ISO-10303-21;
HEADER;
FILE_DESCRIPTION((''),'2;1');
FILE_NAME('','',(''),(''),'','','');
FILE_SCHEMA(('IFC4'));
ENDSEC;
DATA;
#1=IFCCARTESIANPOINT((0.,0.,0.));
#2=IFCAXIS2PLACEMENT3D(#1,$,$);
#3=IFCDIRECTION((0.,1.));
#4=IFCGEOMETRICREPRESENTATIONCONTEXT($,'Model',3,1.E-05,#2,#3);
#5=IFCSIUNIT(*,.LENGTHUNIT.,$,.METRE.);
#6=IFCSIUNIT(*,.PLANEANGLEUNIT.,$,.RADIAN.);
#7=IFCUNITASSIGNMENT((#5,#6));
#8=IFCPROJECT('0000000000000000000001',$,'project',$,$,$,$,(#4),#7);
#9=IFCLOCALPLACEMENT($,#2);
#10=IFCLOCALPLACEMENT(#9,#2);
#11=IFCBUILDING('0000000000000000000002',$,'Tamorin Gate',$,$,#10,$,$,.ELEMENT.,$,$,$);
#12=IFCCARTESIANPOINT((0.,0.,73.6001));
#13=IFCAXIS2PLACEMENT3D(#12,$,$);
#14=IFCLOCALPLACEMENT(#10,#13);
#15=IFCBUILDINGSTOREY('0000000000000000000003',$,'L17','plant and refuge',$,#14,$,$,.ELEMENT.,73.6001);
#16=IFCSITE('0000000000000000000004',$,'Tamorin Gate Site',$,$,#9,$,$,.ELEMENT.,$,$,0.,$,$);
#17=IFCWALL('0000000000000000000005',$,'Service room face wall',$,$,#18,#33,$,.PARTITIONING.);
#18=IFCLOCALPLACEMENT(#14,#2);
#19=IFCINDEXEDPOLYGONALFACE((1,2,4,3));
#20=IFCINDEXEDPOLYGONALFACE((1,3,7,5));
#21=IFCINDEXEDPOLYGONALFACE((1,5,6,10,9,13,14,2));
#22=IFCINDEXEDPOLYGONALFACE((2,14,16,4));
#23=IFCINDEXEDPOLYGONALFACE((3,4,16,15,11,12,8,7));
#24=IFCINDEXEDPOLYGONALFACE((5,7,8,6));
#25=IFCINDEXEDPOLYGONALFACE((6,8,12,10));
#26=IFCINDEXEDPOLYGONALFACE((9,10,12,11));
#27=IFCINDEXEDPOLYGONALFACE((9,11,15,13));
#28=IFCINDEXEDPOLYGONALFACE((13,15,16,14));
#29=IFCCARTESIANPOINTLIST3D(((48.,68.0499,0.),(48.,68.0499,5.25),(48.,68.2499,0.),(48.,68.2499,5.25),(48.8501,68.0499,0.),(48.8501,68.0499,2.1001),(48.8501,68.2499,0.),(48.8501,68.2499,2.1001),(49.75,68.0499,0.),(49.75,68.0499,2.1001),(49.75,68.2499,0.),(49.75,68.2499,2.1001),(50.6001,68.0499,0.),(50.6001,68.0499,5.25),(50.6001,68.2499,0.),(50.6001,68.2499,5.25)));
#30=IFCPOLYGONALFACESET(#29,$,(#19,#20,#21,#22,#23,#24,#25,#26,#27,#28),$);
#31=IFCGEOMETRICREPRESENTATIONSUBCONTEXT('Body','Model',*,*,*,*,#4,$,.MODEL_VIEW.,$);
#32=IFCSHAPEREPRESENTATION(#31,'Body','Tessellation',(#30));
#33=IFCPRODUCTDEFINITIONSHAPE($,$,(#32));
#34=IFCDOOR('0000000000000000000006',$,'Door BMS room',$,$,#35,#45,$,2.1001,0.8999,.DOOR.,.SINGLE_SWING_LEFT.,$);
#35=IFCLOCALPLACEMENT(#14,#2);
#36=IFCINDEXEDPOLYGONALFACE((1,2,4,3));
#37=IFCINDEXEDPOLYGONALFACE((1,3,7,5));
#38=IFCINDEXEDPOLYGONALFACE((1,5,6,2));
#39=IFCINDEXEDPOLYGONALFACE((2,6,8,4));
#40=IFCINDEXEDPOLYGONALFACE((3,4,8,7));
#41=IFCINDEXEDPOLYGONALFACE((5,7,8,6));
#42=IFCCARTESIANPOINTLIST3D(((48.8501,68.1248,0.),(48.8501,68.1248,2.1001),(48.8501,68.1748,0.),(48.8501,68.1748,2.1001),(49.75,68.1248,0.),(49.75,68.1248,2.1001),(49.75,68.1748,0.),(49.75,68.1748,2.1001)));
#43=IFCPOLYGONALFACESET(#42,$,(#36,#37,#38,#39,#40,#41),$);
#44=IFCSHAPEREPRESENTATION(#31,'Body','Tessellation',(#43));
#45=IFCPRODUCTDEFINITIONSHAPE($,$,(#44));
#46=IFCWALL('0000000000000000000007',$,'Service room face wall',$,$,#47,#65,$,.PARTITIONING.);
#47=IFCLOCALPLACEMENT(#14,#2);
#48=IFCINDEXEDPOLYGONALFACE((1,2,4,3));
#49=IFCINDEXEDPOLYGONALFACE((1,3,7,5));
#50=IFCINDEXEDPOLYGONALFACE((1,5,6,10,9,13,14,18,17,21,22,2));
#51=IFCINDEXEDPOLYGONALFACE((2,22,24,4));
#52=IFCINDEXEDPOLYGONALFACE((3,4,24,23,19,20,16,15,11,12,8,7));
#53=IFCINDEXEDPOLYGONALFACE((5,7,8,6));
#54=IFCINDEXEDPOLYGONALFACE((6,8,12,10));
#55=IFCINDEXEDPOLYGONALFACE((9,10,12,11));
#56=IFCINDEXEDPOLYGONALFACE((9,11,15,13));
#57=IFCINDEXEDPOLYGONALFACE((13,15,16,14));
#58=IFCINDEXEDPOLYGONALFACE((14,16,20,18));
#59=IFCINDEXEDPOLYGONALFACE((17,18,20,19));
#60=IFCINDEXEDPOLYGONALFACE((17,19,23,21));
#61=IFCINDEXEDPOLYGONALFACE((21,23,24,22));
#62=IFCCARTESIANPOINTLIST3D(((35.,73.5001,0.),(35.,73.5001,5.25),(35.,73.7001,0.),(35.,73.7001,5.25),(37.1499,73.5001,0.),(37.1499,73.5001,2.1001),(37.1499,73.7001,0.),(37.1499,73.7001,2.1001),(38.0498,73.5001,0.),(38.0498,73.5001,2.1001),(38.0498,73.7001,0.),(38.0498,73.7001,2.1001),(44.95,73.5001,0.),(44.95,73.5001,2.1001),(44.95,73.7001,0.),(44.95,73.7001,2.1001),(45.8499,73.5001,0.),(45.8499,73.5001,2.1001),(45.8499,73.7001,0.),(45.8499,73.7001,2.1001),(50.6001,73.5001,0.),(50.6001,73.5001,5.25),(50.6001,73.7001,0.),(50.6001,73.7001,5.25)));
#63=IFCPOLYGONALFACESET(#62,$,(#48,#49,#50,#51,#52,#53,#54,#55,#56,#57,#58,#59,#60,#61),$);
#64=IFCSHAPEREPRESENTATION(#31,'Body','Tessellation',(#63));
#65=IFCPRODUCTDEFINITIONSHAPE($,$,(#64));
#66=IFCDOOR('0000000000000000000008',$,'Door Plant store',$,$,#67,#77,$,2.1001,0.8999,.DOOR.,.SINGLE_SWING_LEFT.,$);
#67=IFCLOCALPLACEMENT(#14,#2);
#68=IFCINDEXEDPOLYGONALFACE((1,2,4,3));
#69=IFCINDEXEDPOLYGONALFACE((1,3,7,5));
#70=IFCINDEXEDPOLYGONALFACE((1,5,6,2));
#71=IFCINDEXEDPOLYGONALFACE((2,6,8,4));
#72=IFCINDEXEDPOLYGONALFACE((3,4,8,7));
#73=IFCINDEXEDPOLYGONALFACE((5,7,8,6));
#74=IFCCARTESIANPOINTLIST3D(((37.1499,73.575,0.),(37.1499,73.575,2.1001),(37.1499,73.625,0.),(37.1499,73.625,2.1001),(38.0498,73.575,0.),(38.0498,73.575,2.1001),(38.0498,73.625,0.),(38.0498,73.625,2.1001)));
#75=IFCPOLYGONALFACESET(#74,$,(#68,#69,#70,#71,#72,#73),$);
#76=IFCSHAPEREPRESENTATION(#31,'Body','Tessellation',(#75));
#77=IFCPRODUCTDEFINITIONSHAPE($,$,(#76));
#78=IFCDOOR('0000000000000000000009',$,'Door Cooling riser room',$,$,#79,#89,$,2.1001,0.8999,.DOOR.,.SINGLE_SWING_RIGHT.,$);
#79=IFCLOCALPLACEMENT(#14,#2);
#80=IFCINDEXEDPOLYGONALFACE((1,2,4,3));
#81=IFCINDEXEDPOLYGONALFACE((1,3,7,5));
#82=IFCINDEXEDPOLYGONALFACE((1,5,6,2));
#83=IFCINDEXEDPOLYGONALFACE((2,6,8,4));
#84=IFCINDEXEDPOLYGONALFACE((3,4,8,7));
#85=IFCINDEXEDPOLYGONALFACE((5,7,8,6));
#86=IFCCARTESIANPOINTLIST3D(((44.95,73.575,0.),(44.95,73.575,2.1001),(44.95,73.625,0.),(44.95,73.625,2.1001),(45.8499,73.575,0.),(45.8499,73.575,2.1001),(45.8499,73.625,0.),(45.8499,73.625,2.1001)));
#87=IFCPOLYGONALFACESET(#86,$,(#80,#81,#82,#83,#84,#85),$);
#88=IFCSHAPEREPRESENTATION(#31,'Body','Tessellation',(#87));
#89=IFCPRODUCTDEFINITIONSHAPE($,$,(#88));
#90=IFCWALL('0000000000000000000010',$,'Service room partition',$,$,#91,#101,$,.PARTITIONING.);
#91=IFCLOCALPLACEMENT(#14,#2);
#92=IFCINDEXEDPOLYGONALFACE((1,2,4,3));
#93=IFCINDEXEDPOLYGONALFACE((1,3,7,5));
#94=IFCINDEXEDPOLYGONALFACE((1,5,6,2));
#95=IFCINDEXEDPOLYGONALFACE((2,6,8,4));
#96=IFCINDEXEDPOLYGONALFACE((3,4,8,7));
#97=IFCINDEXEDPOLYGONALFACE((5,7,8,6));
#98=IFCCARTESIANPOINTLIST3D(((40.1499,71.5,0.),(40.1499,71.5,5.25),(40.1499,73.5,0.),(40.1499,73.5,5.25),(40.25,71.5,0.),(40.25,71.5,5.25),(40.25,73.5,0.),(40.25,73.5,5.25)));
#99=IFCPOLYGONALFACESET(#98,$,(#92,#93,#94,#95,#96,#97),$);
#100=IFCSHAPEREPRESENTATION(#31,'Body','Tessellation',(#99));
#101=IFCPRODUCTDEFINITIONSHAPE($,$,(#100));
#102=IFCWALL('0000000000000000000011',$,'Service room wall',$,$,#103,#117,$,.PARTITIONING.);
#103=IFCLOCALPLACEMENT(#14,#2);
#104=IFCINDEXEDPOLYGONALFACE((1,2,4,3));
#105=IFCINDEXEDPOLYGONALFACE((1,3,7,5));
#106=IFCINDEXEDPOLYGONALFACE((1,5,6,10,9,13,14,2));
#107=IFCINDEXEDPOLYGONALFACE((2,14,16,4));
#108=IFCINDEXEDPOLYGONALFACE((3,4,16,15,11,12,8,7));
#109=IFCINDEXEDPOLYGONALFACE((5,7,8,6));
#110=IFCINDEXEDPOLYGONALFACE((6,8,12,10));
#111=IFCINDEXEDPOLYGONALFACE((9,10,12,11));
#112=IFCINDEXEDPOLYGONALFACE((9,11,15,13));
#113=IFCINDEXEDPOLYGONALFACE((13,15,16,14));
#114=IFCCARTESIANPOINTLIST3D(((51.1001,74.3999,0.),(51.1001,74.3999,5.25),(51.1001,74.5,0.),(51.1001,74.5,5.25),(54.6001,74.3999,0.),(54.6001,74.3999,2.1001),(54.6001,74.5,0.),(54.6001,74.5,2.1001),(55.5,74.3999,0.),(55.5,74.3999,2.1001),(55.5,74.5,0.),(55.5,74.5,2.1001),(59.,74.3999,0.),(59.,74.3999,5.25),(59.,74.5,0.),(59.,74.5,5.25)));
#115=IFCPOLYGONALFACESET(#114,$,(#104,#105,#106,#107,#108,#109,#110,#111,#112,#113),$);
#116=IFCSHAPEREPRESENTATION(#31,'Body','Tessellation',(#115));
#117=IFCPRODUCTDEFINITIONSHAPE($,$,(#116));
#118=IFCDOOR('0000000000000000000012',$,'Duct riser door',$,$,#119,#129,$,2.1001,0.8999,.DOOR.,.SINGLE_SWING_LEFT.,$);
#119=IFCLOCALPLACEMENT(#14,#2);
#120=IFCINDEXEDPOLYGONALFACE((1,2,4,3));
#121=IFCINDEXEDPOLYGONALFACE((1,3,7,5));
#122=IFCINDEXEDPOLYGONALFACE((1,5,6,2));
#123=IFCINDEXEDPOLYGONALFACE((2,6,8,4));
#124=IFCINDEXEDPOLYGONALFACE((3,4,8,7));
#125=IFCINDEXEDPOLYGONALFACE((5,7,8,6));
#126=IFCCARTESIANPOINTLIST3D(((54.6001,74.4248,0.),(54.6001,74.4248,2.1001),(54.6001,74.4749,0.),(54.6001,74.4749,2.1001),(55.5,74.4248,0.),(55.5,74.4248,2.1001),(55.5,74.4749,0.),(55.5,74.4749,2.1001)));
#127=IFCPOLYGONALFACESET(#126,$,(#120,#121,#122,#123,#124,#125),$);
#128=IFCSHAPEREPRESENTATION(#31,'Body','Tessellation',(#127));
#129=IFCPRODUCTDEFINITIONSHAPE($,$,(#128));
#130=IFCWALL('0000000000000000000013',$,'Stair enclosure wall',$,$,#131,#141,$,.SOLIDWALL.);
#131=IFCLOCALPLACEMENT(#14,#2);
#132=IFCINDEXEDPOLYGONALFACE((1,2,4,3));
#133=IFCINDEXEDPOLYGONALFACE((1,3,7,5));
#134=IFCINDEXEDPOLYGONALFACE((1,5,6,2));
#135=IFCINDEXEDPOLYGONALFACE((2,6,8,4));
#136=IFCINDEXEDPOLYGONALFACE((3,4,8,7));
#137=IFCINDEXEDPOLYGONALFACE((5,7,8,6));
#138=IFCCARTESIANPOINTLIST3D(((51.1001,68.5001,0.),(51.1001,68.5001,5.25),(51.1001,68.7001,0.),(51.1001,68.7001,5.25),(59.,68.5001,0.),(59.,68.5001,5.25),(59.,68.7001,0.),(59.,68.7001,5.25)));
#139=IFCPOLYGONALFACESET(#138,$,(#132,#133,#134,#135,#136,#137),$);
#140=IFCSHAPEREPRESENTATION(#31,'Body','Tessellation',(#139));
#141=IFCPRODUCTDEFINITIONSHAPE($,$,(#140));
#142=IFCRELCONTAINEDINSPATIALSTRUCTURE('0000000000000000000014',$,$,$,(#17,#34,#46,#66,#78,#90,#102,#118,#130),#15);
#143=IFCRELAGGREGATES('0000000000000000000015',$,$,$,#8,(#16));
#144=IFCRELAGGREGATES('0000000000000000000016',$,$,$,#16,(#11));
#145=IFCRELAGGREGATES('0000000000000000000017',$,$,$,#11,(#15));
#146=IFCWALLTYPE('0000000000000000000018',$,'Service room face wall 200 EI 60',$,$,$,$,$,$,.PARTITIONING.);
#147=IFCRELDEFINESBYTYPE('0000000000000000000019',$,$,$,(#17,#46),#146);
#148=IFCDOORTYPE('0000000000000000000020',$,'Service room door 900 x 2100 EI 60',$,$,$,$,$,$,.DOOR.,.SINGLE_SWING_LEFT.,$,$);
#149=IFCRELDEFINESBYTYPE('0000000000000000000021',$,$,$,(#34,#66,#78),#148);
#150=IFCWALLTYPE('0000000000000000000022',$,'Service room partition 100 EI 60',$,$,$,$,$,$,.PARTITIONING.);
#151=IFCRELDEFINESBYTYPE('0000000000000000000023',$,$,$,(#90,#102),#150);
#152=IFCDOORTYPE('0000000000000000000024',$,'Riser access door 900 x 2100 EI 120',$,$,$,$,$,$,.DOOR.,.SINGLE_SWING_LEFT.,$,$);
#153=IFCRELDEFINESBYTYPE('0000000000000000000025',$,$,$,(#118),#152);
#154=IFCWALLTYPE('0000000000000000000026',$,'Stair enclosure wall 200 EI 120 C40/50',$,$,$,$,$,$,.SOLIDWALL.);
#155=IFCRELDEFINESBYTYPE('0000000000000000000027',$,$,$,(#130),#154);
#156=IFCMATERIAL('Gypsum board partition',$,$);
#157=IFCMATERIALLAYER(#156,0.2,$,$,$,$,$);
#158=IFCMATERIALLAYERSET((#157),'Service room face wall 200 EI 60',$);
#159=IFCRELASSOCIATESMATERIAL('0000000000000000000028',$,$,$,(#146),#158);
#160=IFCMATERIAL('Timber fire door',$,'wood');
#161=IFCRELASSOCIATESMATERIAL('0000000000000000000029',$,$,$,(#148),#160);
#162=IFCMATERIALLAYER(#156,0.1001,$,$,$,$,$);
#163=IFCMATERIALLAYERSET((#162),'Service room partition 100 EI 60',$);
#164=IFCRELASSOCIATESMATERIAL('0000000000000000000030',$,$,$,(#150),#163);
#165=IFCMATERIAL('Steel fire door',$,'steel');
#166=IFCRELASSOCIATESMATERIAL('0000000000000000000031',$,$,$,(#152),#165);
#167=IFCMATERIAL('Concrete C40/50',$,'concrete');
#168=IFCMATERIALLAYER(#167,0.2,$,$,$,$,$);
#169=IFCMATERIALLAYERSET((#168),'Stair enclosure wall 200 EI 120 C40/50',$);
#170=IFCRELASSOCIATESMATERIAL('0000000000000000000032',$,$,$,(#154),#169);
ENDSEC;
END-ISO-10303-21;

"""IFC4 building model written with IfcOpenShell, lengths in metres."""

from ifc_helpers import new_model, si_unit, direction, frame, frame_2d, origin, place, context, subcontext, project, spatial, rectangle, extrude, material, layer, layer_set, type_object, element, fill, save


model = new_model("IFC4")

# Units and contexts
model_context = context("Model", 3, precision=1e-05, world=origin(), true_north=direction((0.0, 1.0)))
body_context = subcontext(model_context, "Body", "Model", "MODEL_VIEW")
ifc_project = project(units=[si_unit("LENGTHUNIT", "METRE"), si_unit("PLANEANGLEUNIT", "RADIAN")], contexts=[model_context])

# Site, building, storey
site_placement = place(None, origin())
site = spatial("IfcSite", under=ifc_project, at=site_placement, Name="Tamorin Gate Site", CompositionType="ELEMENT", RefElevation=0.0)
building_placement = place(site_placement, origin())
building = spatial("IfcBuilding", under=site, at=building_placement, Name="Tamorin Gate", CompositionType="ELEMENT")
storey_placement = place(building_placement, frame((0.0, 0.0, 73.6001)))
storey = spatial("IfcBuildingStorey", under=building, at=storey_placement, Name="L17", Description="plant and refuge", CompositionType="ELEMENT", Elevation=73.6001)

# Shared definitions
ifc_material_1 = material(Name="Steel fire door", Category="steel")

# Wall, opening, door
ifc_material_2 = material(Name="Gypsum board partition")
ifc_layer_1 = layer(ifc_material_2, 0.2)
ifc_layer_set_1 = layer_set([ifc_layer_1], Name="Service room face wall 200 EI 60")
wall_type_1 = type_object("IfcWallType", Name="Service room face wall 200 EI 60", PredefinedType="PARTITIONING", material=ifc_layer_set_1)
ifc_material_3 = material(Name="Timber fire door", Category="wood")
door_type_1 = type_object("IfcDoorType", Name="Service room door 900 x 2100 EI 60", OperationType="SINGLE_SWING_LEFT", PredefinedType="DOOR", material=ifc_material_3)
wall_1_placement = place(storey_placement, frame((48.0, 68.1499, 0.0), z_axis=(0.0, 0.0, 1.0), x_axis=(1.0, 0.0, 0.0)))
wall_1 = element("IfcWall", 1, at=wall_1_placement, inside=storey, type_object=wall_type_1, Name="Service room face wall", PredefinedType="PARTITIONING", context=body_context, shape_type="SweptSolid", body=[
    extrude(rectangle(XDim=2.6001, YDim=0.2, at=frame_2d((1.3, 0.0))), origin(), (0.0, 0.0, 1.0), 5.25),
])
opening_1_placement = place(wall_1_placement, frame((0.8501, 0.0, 0.0)))
opening_1 = element("IfcOpeningElement", 2, at=opening_1_placement, cuts=wall_1, PredefinedType="OPENING", context=body_context, shape_type="SweptSolid", body=[
    extrude(rectangle(XDim=0.8999, YDim=2.1001, at=frame_2d((0.45, 1.05))), frame((0.0, 0.1099, 0.0), z_axis=(0.0, -1.0, 0.0), x_axis=(1.0, 0.0, 0.0)), (0.0, 0.0, 1.0), 0.22),
])
door_1_placement = place(opening_1_placement, origin())
door_1 = element("IfcDoor", 3, at=door_1_placement, inside=storey, type_object=door_type_1, Name="Door BMS room", OperationType="SINGLE_SWING_LEFT", OverallHeight=2.1001, OverallWidth=0.8999, PredefinedType="DOOR", context=body_context, shape_type="SweptSolid", body=[
    extrude(rectangle(XDim=0.8999, YDim=2.1001, at=frame_2d((0.45, 1.05))), frame((0.0, 0.0249, 0.0), z_axis=(0.0, -1.0, 0.0), x_axis=(1.0, 0.0, 0.0)), (0.0, 0.0, 1.0), 0.05),
])
fill(opening_1, door_1)

# Wall, openings, doors
wall_2_placement = place(storey_placement, frame((35.0, 73.6001, 0.0), z_axis=(0.0, 0.0, 1.0), x_axis=(1.0, 0.0, 0.0)))
wall_2 = element("IfcWall", 4, at=wall_2_placement, inside=storey, type_object=wall_type_1, Name="Service room face wall", PredefinedType="PARTITIONING", context=body_context, shape_type="SweptSolid", body=[
    extrude(rectangle(XDim=15.6001, YDim=0.2, at=frame_2d((7.8, 0.0))), origin(), (0.0, 0.0, 1.0), 5.25),
])
opening_2_placement = place(wall_2_placement, frame((2.1499, 0.0, 0.0)))
opening_2 = element("IfcOpeningElement", 5, at=opening_2_placement, cuts=wall_2, PredefinedType="OPENING", context=body_context, shape_type="SweptSolid", body=[
    extrude(rectangle(XDim=0.8999, YDim=2.1001, at=frame_2d((0.45, 1.05))), frame((0.0, 0.1099, 0.0), z_axis=(0.0, -1.0, 0.0), x_axis=(1.0, 0.0, 0.0)), (0.0, 0.0, 1.0), 0.22),
])
opening_3_placement = place(wall_2_placement, frame((9.95, 0.0, 0.0)))
opening_3 = element("IfcOpeningElement", 6, at=opening_3_placement, cuts=wall_2, PredefinedType="OPENING", context=body_context, shape_type="SweptSolid", body=[
    extrude(rectangle(XDim=0.8999, YDim=2.1001, at=frame_2d((0.45, 1.05))), frame((0.0, 0.1099, 0.0), z_axis=(0.0, -1.0, 0.0), x_axis=(1.0, 0.0, 0.0)), (0.0, 0.0, 1.0), 0.22),
])
door_2_placement = place(opening_2_placement, origin())
door_2 = element("IfcDoor", 7, at=door_2_placement, inside=storey, type_object=door_type_1, Name="Door Plant store", OperationType="SINGLE_SWING_LEFT", OverallHeight=2.1001, OverallWidth=0.8999, PredefinedType="DOOR", context=body_context, shape_type="SweptSolid", body=[
    extrude(rectangle(XDim=0.8999, YDim=2.1001, at=frame_2d((0.45, 1.05))), frame((0.0, 0.0249, 0.0), z_axis=(0.0, -1.0, 0.0), x_axis=(1.0, 0.0, 0.0)), (0.0, 0.0, 1.0), 0.05),
])
fill(opening_2, door_2)
door_3_placement = place(opening_3_placement, origin())
door_3 = element("IfcDoor", 8, at=door_3_placement, inside=storey, type_object=door_type_1, Name="Door Cooling riser room", OperationType="SINGLE_SWING_RIGHT", OverallHeight=2.1001, OverallWidth=0.8999, PredefinedType="DOOR", context=body_context, shape_type="SweptSolid", body=[
    extrude(rectangle(XDim=0.8999, YDim=2.1001, at=frame_2d((0.45, 1.05))), frame((0.0, 0.0249, 0.0), z_axis=(0.0, -1.0, 0.0), x_axis=(1.0, 0.0, 0.0)), (0.0, 0.0, 1.0), 0.05),
])
fill(opening_3, door_3)

# Wall
ifc_layer_2 = layer(ifc_material_2, 0.1001)
ifc_layer_set_2 = layer_set([ifc_layer_2], Name="Service room partition 100 EI 60")
wall_type_2 = type_object("IfcWallType", Name="Service room partition 100 EI 60", PredefinedType="PARTITIONING", material=ifc_layer_set_2)
wall_3_placement = place(storey_placement, frame((40.2, 71.5, 0.0), z_axis=(0.0, 0.0, 1.0), x_axis=(0.0, 1.0, 0.0)))
element("IfcWall", 9, at=wall_3_placement, inside=storey, type_object=wall_type_2, Name="Service room partition", PredefinedType="PARTITIONING", context=body_context, shape_type="SweptSolid", body=[
    extrude(rectangle(XDim=2.0, YDim=0.1001, at=frame_2d((1.0, 0.0))), origin(), (0.0, 0.0, 1.0), 5.25),
])

# Wall, opening, door
wall_4_placement = place(storey_placement, frame((51.1001, 74.45, 0.0), z_axis=(0.0, 0.0, 1.0), x_axis=(1.0, 0.0, 0.0)))
wall_4 = element("IfcWall", 10, at=wall_4_placement, inside=storey, type_object=wall_type_2, Name="Service room wall", PredefinedType="PARTITIONING", context=body_context, shape_type="SweptSolid", body=[
    extrude(rectangle(XDim=7.8999, YDim=0.1001, at=frame_2d((3.95, 0.0))), origin(), (0.0, 0.0, 1.0), 5.25),
])
opening_4_placement = place(wall_4_placement, frame((3.5, 0.0, 0.0)))
opening_4 = element("IfcOpeningElement", 11, at=opening_4_placement, cuts=wall_4, PredefinedType="OPENING", context=body_context, shape_type="SweptSolid", body=[
    extrude(rectangle(XDim=0.8999, YDim=2.1001, at=frame_2d((0.45, 1.05))), frame((0.0, 0.0601, 0.0), z_axis=(0.0, -1.0, 0.0), x_axis=(1.0, 0.0, 0.0)), (0.0, 0.0, 1.0), 0.1201),
])
door_type_2 = type_object("IfcDoorType", Name="Riser access door 900 x 2100 EI 120", OperationType="SINGLE_SWING_LEFT", PredefinedType="DOOR", material=ifc_material_1)
door_4_placement = place(opening_4_placement, origin())
door_4 = element("IfcDoor", 12, at=door_4_placement, inside=storey, type_object=door_type_2, Name="Duct riser door", OperationType="SINGLE_SWING_LEFT", OverallHeight=2.1001, OverallWidth=0.8999, PredefinedType="DOOR", context=body_context, shape_type="SweptSolid", body=[
    extrude(rectangle(XDim=0.8999, YDim=2.1001, at=frame_2d((0.45, 1.05))), frame((0.0, 0.0249, 0.0), z_axis=(0.0, -1.0, 0.0), x_axis=(1.0, 0.0, 0.0)), (0.0, 0.0, 1.0), 0.05),
])
fill(opening_4, door_4)

# Wall
ifc_material_4 = material(Name="Concrete C40/50", Category="concrete")
ifc_layer_3 = layer(ifc_material_4, 0.2)
ifc_layer_set_3 = layer_set([ifc_layer_3], Name="Stair enclosure wall 200 EI 120 C40/50")
wall_type_3 = type_object("IfcWallType", Name="Stair enclosure wall 200 EI 120 C40/50", PredefinedType="SOLIDWALL", material=ifc_layer_set_3)
wall_5_placement = place(storey_placement, frame((51.1001, 68.6001, 0.0), z_axis=(0.0, 0.0, 1.0), x_axis=(1.0, 0.0, 0.0)))
element("IfcWall", 13, at=wall_5_placement, inside=storey, type_object=wall_type_3, Name="Stair enclosure wall", PredefinedType="SOLIDWALL", context=body_context, shape_type="SweptSolid", body=[
    extrude(rectangle(XDim=7.8999, YDim=0.2, at=frame_2d((3.95, 0.0))), origin(), (0.0, 0.0, 1.0), 5.25),
])

save(model, "model.ifc")
